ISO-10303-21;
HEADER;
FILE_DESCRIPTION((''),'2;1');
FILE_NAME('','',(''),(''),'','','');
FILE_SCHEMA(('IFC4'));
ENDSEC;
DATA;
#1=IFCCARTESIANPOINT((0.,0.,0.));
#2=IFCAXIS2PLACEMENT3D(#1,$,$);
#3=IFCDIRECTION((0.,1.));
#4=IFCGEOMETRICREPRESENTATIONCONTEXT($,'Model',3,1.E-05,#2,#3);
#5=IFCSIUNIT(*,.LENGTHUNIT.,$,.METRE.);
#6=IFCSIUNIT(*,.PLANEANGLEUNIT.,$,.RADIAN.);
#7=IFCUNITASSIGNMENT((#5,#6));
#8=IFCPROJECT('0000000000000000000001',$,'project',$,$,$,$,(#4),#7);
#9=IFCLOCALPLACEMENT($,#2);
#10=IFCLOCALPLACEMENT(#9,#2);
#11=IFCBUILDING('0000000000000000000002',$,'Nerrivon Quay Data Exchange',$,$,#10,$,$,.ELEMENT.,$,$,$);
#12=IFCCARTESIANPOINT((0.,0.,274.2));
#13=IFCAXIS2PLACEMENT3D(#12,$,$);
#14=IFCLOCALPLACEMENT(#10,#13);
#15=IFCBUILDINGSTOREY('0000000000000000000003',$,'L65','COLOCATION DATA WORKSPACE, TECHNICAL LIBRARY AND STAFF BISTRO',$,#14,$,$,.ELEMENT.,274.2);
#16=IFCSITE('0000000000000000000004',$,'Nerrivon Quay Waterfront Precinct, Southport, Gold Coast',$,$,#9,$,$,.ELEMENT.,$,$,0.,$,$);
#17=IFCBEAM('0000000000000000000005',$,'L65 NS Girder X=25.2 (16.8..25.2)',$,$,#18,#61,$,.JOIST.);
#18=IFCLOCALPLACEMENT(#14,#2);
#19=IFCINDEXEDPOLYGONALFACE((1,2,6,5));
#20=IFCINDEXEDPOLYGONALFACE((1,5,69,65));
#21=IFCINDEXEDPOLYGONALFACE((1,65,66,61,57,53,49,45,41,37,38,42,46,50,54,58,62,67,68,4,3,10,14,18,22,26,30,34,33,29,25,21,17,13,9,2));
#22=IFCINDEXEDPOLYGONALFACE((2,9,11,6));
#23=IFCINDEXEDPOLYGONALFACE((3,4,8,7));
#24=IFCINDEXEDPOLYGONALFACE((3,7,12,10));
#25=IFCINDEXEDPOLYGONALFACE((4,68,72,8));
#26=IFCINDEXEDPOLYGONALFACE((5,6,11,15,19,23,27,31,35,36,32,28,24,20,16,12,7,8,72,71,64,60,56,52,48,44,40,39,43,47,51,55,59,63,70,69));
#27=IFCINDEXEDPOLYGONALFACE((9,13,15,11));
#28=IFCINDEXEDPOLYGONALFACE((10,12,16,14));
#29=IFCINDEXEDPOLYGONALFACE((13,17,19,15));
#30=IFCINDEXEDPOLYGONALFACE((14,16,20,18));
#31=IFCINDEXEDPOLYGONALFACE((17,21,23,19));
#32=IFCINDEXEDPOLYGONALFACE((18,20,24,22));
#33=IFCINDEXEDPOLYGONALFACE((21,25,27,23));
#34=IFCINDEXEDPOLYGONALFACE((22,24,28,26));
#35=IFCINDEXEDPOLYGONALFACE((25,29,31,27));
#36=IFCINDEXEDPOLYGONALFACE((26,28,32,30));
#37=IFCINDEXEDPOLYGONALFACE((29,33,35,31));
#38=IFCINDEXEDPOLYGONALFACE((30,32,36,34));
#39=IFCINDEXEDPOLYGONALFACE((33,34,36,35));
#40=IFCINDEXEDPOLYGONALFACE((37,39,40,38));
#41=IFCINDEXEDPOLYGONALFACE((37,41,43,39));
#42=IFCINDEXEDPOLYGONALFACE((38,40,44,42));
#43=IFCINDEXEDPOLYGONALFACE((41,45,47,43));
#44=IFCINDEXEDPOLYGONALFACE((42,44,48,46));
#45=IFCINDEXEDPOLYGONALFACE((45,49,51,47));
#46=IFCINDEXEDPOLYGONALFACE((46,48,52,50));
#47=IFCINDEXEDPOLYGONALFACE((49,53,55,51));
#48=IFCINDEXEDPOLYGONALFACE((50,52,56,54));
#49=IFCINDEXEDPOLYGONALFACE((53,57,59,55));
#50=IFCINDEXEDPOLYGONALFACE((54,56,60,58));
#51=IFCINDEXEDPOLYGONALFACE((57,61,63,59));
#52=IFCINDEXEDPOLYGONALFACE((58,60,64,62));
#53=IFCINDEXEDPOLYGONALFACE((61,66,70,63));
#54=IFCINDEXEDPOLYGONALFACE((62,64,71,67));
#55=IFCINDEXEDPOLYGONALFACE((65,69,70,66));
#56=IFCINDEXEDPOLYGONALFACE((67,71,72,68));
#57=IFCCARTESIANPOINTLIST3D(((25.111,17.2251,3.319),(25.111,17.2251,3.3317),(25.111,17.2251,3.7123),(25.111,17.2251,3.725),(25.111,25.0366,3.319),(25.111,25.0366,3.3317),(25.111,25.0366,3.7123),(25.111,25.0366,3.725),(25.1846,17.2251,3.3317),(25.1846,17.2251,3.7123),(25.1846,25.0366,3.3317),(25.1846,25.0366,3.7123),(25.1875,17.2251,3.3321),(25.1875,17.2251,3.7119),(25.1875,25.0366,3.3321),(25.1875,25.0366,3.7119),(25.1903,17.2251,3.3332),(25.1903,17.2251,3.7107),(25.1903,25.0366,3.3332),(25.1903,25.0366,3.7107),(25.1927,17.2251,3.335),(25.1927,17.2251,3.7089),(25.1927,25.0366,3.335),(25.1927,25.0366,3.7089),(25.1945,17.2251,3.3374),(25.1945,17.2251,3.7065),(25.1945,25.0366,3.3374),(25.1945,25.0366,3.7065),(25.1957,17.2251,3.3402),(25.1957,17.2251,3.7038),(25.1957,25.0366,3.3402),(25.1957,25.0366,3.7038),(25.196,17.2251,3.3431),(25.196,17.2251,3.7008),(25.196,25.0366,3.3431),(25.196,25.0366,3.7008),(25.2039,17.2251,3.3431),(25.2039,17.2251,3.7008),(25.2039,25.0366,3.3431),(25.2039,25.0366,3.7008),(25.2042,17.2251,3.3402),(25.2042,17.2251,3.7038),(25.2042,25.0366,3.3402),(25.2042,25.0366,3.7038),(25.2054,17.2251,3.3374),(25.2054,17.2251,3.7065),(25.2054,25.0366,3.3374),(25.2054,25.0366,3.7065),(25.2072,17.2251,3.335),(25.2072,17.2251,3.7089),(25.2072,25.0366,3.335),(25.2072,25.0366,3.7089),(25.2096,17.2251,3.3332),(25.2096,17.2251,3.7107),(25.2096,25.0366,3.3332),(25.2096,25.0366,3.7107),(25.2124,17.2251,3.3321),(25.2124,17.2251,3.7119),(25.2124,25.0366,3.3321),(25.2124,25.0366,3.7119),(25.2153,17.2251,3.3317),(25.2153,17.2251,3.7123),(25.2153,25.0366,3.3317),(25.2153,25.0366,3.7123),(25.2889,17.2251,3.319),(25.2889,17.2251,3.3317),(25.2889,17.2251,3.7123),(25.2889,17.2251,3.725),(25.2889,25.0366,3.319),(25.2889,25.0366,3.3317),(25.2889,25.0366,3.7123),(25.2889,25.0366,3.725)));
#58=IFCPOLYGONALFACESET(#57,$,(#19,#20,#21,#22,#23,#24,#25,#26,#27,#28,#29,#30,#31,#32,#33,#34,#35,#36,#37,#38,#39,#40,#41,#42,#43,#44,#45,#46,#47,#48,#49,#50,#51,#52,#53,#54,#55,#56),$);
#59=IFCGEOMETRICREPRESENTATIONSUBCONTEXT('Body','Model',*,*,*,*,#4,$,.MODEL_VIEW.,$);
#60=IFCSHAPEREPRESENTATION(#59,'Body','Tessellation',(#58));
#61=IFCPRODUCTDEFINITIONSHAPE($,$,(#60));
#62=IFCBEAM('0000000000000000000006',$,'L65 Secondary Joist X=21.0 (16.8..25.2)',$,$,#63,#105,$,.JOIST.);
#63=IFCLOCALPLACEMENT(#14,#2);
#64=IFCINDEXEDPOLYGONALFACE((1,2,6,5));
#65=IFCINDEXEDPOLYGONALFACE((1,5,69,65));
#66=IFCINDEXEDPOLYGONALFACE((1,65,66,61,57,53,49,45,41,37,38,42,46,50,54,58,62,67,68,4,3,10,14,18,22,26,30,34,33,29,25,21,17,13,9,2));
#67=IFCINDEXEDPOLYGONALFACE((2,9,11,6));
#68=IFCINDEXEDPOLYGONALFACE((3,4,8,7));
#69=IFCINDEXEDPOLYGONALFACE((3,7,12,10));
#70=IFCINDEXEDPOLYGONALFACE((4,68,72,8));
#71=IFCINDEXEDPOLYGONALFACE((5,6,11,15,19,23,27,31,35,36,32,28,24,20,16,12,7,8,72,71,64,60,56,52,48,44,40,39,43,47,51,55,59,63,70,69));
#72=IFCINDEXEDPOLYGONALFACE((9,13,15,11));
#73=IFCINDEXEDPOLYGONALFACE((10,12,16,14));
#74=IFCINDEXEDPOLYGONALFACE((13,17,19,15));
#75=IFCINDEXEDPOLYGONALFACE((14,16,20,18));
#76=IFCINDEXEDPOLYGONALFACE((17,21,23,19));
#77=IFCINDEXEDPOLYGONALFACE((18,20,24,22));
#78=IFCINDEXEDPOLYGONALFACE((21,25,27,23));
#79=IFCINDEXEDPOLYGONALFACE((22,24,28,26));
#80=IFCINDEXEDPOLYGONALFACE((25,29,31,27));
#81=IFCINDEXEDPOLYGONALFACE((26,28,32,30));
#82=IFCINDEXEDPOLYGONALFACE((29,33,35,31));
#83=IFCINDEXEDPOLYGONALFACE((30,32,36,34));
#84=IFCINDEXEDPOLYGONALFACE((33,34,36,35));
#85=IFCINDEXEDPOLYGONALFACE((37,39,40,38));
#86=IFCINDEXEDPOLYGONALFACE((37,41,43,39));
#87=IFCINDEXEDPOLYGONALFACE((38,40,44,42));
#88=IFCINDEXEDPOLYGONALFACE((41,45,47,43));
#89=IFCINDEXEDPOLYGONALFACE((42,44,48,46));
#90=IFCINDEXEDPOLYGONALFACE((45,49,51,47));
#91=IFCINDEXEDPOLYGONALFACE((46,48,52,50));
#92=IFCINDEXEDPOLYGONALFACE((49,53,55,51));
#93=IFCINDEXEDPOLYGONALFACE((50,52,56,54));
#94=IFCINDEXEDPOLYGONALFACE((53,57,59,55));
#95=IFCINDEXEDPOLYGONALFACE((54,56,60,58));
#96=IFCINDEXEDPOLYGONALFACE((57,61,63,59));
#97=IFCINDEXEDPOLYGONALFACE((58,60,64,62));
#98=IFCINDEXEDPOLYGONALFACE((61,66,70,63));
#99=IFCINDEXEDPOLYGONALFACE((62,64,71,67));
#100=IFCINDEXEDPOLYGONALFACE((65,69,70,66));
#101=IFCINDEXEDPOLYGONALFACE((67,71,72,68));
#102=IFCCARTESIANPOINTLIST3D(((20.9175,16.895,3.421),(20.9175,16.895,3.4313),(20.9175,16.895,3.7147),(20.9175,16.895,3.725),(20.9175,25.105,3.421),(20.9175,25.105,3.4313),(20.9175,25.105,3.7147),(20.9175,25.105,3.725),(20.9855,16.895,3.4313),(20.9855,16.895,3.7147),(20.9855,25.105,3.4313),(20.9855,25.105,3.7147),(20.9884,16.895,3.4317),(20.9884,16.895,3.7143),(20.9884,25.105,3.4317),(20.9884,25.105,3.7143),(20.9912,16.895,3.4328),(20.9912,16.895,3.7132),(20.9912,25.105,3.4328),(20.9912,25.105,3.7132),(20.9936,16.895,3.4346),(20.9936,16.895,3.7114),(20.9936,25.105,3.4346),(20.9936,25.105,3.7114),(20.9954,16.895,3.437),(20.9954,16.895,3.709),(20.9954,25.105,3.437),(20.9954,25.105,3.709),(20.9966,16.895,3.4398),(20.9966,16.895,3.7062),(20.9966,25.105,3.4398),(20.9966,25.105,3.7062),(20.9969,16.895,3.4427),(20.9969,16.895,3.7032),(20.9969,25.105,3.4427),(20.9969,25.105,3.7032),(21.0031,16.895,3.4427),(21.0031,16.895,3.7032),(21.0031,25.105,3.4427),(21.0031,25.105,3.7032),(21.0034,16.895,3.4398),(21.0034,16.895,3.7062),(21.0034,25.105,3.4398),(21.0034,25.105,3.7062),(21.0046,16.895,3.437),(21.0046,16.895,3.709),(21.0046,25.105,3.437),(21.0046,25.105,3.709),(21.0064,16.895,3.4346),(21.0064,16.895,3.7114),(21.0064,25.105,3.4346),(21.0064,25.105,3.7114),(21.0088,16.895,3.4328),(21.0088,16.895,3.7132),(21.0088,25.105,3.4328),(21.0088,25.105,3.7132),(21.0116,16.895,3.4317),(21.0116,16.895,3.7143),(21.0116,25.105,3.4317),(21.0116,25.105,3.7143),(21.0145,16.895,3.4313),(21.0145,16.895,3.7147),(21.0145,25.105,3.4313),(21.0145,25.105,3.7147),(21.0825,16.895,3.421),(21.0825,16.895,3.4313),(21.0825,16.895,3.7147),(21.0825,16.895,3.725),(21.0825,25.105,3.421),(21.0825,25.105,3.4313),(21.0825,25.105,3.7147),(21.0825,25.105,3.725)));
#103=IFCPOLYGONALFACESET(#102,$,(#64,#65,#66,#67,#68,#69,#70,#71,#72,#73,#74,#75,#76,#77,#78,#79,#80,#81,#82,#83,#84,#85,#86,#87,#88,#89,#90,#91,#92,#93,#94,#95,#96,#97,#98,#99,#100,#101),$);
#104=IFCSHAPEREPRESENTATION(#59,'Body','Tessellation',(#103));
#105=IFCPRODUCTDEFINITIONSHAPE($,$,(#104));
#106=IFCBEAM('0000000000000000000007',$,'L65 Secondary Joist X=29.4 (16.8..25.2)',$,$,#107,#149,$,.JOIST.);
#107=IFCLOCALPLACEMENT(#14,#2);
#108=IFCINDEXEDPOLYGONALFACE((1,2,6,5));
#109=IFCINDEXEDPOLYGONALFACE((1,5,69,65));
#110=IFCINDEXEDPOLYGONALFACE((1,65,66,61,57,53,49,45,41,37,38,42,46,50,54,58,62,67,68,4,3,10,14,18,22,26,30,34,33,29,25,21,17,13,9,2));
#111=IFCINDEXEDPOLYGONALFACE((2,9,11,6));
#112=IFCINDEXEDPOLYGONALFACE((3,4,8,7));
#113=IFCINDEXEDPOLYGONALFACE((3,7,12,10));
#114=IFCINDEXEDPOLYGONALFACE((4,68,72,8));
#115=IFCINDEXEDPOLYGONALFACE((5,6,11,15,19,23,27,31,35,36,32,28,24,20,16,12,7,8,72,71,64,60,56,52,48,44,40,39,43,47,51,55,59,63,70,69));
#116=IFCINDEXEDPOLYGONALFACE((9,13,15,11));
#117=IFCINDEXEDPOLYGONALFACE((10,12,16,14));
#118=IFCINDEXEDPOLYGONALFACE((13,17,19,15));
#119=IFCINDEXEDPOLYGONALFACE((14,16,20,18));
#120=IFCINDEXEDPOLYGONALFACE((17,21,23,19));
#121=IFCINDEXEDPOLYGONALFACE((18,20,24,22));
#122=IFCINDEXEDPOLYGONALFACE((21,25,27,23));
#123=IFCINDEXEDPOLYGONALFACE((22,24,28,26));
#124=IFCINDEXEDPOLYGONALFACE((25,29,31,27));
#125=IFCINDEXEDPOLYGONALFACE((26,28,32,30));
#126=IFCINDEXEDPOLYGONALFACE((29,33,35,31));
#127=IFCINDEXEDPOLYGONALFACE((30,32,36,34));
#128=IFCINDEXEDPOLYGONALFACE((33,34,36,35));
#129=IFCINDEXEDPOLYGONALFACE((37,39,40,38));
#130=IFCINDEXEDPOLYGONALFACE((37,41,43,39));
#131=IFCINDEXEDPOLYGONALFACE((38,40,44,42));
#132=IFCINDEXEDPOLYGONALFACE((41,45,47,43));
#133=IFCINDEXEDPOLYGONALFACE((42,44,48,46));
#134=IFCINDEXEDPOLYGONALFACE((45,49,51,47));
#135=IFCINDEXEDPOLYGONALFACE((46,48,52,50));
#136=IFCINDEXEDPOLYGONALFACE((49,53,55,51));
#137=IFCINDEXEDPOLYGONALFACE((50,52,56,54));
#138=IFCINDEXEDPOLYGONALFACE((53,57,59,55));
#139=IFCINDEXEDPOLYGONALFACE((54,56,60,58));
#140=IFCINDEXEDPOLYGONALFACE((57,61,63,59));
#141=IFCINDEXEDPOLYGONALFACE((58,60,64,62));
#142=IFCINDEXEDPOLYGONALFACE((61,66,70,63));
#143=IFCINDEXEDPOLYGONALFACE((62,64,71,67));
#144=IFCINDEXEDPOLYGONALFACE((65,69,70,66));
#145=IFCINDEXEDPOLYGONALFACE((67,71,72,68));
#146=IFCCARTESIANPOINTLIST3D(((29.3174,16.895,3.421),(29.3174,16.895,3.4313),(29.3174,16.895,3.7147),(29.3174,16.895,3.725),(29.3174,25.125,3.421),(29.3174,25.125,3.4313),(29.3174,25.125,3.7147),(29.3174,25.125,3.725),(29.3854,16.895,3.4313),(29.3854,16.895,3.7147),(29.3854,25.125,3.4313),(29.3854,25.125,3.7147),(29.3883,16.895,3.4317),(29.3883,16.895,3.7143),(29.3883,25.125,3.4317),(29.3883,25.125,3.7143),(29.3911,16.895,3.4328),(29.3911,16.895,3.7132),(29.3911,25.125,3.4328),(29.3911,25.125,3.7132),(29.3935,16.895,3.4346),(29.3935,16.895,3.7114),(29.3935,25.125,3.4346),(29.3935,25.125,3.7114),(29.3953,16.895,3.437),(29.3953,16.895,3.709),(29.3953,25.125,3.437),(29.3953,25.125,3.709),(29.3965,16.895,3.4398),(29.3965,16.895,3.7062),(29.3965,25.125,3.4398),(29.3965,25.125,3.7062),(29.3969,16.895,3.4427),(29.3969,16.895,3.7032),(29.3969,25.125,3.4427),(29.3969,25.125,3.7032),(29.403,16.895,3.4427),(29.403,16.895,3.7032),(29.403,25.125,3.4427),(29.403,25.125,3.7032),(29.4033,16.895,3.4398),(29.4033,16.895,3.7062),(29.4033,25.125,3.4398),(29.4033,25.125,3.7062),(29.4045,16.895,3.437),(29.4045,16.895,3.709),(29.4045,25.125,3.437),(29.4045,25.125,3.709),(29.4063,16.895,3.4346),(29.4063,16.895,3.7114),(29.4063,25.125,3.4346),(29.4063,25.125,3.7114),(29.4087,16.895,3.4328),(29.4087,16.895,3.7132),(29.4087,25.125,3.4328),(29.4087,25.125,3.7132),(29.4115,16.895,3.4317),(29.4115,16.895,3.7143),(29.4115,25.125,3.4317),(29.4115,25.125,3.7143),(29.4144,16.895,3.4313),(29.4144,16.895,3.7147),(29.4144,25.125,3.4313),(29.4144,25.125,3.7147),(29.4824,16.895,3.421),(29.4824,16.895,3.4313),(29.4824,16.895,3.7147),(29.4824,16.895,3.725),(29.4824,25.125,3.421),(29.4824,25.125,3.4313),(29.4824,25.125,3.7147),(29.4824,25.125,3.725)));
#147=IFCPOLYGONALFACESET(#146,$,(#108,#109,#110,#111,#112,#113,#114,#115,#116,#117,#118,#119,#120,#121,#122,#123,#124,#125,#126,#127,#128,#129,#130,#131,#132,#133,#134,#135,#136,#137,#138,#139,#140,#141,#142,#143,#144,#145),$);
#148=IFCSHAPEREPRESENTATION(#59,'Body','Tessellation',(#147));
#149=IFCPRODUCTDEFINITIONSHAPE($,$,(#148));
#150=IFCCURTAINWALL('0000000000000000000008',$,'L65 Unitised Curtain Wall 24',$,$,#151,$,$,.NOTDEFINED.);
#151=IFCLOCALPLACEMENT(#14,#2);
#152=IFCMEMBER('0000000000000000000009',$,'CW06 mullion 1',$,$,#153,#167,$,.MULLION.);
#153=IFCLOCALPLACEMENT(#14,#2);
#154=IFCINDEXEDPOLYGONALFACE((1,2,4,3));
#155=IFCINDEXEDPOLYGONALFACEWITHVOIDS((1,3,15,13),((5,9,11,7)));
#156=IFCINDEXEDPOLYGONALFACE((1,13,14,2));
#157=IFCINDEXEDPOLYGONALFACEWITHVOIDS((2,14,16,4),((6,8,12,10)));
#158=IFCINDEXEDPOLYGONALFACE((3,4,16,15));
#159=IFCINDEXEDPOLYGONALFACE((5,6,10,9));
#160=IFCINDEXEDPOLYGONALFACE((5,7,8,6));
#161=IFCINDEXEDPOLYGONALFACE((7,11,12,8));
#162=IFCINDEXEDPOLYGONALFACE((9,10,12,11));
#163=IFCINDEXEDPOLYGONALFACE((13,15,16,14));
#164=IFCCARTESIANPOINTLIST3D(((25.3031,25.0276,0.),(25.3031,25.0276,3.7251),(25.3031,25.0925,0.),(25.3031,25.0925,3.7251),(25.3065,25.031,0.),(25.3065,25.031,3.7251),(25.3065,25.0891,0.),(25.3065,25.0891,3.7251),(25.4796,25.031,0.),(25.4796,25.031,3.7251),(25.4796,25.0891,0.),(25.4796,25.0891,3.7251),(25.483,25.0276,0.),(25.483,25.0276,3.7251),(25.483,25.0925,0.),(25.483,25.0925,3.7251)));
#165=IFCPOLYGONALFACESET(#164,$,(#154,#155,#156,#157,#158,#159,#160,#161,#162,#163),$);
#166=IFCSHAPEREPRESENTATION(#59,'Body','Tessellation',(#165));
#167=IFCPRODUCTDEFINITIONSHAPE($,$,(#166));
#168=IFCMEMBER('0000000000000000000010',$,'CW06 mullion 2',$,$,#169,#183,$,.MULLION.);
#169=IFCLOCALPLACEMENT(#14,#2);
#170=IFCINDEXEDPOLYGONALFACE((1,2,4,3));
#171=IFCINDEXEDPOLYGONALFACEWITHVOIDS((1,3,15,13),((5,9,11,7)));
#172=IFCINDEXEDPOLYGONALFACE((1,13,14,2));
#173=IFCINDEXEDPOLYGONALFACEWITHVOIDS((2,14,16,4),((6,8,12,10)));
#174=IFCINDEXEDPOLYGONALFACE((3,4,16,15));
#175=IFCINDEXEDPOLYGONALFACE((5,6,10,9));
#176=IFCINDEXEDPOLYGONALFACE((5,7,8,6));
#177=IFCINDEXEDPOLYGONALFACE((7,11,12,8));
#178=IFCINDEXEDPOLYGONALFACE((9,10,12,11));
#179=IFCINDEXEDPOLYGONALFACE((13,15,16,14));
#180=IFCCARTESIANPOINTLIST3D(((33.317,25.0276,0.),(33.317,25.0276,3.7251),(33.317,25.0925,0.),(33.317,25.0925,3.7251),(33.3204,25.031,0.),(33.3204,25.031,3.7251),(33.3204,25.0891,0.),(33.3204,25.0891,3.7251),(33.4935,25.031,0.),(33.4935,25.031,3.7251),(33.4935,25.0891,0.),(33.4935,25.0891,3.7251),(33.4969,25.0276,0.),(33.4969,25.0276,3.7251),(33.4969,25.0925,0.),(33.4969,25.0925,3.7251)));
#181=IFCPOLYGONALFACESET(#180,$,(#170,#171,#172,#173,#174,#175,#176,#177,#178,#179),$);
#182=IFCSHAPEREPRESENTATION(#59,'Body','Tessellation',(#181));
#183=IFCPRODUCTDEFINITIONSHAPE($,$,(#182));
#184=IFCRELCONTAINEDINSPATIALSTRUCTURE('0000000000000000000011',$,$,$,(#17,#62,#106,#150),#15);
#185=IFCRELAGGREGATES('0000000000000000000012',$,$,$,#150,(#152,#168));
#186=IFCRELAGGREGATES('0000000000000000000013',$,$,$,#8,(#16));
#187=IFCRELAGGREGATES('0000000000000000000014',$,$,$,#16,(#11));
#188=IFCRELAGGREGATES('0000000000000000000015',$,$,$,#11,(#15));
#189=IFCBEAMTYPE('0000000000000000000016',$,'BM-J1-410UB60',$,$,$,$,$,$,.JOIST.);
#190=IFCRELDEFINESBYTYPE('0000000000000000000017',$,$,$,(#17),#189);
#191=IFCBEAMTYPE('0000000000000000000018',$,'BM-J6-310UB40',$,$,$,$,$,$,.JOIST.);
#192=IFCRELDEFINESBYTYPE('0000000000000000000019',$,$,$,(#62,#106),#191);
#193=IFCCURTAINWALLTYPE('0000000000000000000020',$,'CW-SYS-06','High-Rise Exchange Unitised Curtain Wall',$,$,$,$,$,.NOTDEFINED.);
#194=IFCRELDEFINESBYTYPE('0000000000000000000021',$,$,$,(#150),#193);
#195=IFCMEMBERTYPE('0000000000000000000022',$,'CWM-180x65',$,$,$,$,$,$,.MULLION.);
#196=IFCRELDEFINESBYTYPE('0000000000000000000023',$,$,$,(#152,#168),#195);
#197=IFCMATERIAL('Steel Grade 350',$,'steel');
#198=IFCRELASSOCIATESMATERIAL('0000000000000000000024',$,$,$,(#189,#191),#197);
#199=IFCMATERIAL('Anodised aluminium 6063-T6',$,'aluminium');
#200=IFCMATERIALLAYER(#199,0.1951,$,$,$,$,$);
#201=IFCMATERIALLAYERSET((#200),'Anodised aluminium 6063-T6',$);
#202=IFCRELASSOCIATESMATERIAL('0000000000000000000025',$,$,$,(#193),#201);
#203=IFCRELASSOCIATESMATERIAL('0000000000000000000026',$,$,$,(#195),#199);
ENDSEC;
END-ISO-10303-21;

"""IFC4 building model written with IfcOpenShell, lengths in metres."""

from ifc_helpers import new_model, si_unit, direction, frame, origin, origin_2d, place, context, subcontext, project, spatial, hollow_rectangle, i_section, extrude, material, layer, layer_set, material_profile, profile_set, type_object, element, aggregate, save


model = new_model("IFC4")

# Units and contexts
model_context = context("Model", 3, precision=1e-05, world=origin(), true_north=direction((0.0, 1.0)))
body_context = subcontext(model_context, "Body", "Model", "MODEL_VIEW")
ifc_project = project(units=[si_unit("LENGTHUNIT", "METRE"), si_unit("PLANEANGLEUNIT", "RADIAN")], contexts=[model_context])

# Site, building, storey
site_placement = place(None, origin())
site = spatial("IfcSite", under=ifc_project, at=site_placement, Name="Nerrivon Quay Waterfront Precinct, Southport, Gold Coast", CompositionType="ELEMENT", RefElevation=0.0)
building_placement = place(site_placement, origin())
building = spatial("IfcBuilding", under=site, at=building_placement, Name="Nerrivon Quay Data Exchange", CompositionType="ELEMENT")
storey_placement = place(building_placement, frame((0.0, 0.0, 274.2)))
storey = spatial("IfcBuildingStorey", under=building, at=storey_placement, Name="L65", Description="COLOCATION DATA WORKSPACE, TECHNICAL LIBRARY AND STAFF BISTRO", CompositionType="ELEMENT", Elevation=274.2)

# Beams
ifc_material_1 = material(Name="Steel Grade 350", Category="steel")
ifc_material_profile_1 = material_profile(ifc_material_1, i_section(OverallWidth=0.178, OverallDepth=0.406, WebThickness=0.0078, FlangeThickness=0.0127, FilletRadius=0.0115, at=origin_2d()), Name="410UB59.7")
ifc_profile_set_1 = profile_set([ifc_material_profile_1], Name="Steel Grade 350")
beam_type_1 = type_object("IfcBeamType", Name="BM-J1-410UB60", PredefinedType="JOIST", material=ifc_profile_set_1)
beam_1_placement = place(storey_placement, frame((25.2, 17.2251, 3.522), z_axis=(0.0, 1.0, 0.0), x_axis=(-1.0, 0.0, 0.0)))
element("IfcBeam", 1, at=beam_1_placement, inside=storey, type_object=beam_type_1, Name="L65 NS Girder X=25.2 (16.8..25.2)", PredefinedType="JOIST", context=body_context, shape_type="SweptSolid", body=[
    extrude(i_section(OverallWidth=0.178, OverallDepth=0.406, WebThickness=0.0078, FlangeThickness=0.0127, FilletRadius=0.0115, at=origin_2d()), origin(), (0.0, 0.0, 1.0), 7.8115),
])
ifc_material_profile_2 = material_profile(ifc_material_1, i_section(OverallWidth=0.165, OverallDepth=0.304, WebThickness=0.0061, FlangeThickness=0.0103, FilletRadius=0.0115, at=origin_2d()), Name="310UB40.4")
ifc_profile_set_2 = profile_set([ifc_material_profile_2], Name="Steel Grade 350")
beam_type_2 = type_object("IfcBeamType", Name="BM-J6-310UB40", PredefinedType="JOIST", material=ifc_profile_set_2)
beam_2_placement = place(storey_placement, frame((21.0, 16.895, 3.573), z_axis=(0.0, 1.0, 0.0), x_axis=(-1.0, 0.0, 0.0)))
element("IfcBeam", 2, at=beam_2_placement, inside=storey, type_object=beam_type_2, Name="L65 Secondary Joist X=21.0 (16.8..25.2)", PredefinedType="JOIST", context=body_context, shape_type="SweptSolid", body=[
    extrude(i_section(OverallWidth=0.165, OverallDepth=0.304, WebThickness=0.0061, FlangeThickness=0.0103, FilletRadius=0.0115, at=origin_2d()), origin(), (0.0, 0.0, 1.0), 8.21),
])
beam_3_placement = place(storey_placement, frame((29.3999, 16.895, 3.573), z_axis=(0.0, 1.0, 0.0), x_axis=(-1.0, 0.0, 0.0)))
element("IfcBeam", 3, at=beam_3_placement, inside=storey, type_object=beam_type_2, Name="L65 Secondary Joist X=29.4 (16.8..25.2)", PredefinedType="JOIST", context=body_context, shape_type="SweptSolid", body=[
    extrude(i_section(OverallWidth=0.165, OverallDepth=0.304, WebThickness=0.0061, FlangeThickness=0.0103, FilletRadius=0.0115, at=origin_2d()), origin(), (0.0, 0.0, 1.0), 8.23),
])

# Curtain wall, members
ifc_material_2 = material(Name="Anodised aluminium 6063-T6", Category="aluminium")
ifc_layer_1 = layer(ifc_material_2, 0.1951)
ifc_layer_set_1 = layer_set([ifc_layer_1], Name="Anodised aluminium 6063-T6")
curtain_wall_type = type_object("IfcCurtainWallType", Name="CW-SYS-06", Description="High-Rise Exchange Unitised Curtain Wall", PredefinedType="NOTDEFINED", material=ifc_layer_set_1)
curtain_wall_placement = place(storey_placement, origin())
curtain_wall = element("IfcCurtainWall", 4, at=curtain_wall_placement, inside=storey, type_object=curtain_wall_type, Name="L65 Unitised Curtain Wall 24", PredefinedType="NOTDEFINED")
ifc_material_profile_3 = material_profile(ifc_material_2, hollow_rectangle(XDim=0.0649, YDim=0.1799, WallThickness=0.0034, at=origin_2d()), Name="ALU-MULL-180x65")
ifc_profile_set_3 = profile_set([ifc_material_profile_3], Name="Anodised aluminium 6063-T6")
member_type_1 = type_object("IfcMemberType", Name="CWM-180x65", PredefinedType="MULLION", material=ifc_profile_set_3)
member_1_placement = place(storey_placement, frame((25.3931, 25.0601, 0.0), z_axis=(0.0, 0.0, 1.0), x_axis=(0.0, 1.0, 0.0)))
member_1 = element("IfcMember", 5, at=member_1_placement, type_object=member_type_1, Name="CW06 mullion 1", PredefinedType="MULLION", context=body_context, shape_type="SweptSolid", body=[
    extrude(hollow_rectangle(XDim=0.0649, YDim=0.1799, WallThickness=0.0034, at=origin_2d()), origin(), (0.0, 0.0, 1.0), 3.7251),
])
member_2_placement = place(storey_placement, frame((33.407, 25.0601, 0.0), z_axis=(0.0, 0.0, 1.0), x_axis=(0.0, 1.0, 0.0)))
member_2 = element("IfcMember", 6, at=member_2_placement, type_object=member_type_1, Name="CW06 mullion 2", PredefinedType="MULLION", context=body_context, shape_type="SweptSolid", body=[
    extrude(hollow_rectangle(XDim=0.0649, YDim=0.1799, WallThickness=0.0034, at=origin_2d()), origin(), (0.0, 0.0, 1.0), 3.7251),
])
aggregate(curtain_wall, [member_1, member_2])

save(model, "model.ifc")
